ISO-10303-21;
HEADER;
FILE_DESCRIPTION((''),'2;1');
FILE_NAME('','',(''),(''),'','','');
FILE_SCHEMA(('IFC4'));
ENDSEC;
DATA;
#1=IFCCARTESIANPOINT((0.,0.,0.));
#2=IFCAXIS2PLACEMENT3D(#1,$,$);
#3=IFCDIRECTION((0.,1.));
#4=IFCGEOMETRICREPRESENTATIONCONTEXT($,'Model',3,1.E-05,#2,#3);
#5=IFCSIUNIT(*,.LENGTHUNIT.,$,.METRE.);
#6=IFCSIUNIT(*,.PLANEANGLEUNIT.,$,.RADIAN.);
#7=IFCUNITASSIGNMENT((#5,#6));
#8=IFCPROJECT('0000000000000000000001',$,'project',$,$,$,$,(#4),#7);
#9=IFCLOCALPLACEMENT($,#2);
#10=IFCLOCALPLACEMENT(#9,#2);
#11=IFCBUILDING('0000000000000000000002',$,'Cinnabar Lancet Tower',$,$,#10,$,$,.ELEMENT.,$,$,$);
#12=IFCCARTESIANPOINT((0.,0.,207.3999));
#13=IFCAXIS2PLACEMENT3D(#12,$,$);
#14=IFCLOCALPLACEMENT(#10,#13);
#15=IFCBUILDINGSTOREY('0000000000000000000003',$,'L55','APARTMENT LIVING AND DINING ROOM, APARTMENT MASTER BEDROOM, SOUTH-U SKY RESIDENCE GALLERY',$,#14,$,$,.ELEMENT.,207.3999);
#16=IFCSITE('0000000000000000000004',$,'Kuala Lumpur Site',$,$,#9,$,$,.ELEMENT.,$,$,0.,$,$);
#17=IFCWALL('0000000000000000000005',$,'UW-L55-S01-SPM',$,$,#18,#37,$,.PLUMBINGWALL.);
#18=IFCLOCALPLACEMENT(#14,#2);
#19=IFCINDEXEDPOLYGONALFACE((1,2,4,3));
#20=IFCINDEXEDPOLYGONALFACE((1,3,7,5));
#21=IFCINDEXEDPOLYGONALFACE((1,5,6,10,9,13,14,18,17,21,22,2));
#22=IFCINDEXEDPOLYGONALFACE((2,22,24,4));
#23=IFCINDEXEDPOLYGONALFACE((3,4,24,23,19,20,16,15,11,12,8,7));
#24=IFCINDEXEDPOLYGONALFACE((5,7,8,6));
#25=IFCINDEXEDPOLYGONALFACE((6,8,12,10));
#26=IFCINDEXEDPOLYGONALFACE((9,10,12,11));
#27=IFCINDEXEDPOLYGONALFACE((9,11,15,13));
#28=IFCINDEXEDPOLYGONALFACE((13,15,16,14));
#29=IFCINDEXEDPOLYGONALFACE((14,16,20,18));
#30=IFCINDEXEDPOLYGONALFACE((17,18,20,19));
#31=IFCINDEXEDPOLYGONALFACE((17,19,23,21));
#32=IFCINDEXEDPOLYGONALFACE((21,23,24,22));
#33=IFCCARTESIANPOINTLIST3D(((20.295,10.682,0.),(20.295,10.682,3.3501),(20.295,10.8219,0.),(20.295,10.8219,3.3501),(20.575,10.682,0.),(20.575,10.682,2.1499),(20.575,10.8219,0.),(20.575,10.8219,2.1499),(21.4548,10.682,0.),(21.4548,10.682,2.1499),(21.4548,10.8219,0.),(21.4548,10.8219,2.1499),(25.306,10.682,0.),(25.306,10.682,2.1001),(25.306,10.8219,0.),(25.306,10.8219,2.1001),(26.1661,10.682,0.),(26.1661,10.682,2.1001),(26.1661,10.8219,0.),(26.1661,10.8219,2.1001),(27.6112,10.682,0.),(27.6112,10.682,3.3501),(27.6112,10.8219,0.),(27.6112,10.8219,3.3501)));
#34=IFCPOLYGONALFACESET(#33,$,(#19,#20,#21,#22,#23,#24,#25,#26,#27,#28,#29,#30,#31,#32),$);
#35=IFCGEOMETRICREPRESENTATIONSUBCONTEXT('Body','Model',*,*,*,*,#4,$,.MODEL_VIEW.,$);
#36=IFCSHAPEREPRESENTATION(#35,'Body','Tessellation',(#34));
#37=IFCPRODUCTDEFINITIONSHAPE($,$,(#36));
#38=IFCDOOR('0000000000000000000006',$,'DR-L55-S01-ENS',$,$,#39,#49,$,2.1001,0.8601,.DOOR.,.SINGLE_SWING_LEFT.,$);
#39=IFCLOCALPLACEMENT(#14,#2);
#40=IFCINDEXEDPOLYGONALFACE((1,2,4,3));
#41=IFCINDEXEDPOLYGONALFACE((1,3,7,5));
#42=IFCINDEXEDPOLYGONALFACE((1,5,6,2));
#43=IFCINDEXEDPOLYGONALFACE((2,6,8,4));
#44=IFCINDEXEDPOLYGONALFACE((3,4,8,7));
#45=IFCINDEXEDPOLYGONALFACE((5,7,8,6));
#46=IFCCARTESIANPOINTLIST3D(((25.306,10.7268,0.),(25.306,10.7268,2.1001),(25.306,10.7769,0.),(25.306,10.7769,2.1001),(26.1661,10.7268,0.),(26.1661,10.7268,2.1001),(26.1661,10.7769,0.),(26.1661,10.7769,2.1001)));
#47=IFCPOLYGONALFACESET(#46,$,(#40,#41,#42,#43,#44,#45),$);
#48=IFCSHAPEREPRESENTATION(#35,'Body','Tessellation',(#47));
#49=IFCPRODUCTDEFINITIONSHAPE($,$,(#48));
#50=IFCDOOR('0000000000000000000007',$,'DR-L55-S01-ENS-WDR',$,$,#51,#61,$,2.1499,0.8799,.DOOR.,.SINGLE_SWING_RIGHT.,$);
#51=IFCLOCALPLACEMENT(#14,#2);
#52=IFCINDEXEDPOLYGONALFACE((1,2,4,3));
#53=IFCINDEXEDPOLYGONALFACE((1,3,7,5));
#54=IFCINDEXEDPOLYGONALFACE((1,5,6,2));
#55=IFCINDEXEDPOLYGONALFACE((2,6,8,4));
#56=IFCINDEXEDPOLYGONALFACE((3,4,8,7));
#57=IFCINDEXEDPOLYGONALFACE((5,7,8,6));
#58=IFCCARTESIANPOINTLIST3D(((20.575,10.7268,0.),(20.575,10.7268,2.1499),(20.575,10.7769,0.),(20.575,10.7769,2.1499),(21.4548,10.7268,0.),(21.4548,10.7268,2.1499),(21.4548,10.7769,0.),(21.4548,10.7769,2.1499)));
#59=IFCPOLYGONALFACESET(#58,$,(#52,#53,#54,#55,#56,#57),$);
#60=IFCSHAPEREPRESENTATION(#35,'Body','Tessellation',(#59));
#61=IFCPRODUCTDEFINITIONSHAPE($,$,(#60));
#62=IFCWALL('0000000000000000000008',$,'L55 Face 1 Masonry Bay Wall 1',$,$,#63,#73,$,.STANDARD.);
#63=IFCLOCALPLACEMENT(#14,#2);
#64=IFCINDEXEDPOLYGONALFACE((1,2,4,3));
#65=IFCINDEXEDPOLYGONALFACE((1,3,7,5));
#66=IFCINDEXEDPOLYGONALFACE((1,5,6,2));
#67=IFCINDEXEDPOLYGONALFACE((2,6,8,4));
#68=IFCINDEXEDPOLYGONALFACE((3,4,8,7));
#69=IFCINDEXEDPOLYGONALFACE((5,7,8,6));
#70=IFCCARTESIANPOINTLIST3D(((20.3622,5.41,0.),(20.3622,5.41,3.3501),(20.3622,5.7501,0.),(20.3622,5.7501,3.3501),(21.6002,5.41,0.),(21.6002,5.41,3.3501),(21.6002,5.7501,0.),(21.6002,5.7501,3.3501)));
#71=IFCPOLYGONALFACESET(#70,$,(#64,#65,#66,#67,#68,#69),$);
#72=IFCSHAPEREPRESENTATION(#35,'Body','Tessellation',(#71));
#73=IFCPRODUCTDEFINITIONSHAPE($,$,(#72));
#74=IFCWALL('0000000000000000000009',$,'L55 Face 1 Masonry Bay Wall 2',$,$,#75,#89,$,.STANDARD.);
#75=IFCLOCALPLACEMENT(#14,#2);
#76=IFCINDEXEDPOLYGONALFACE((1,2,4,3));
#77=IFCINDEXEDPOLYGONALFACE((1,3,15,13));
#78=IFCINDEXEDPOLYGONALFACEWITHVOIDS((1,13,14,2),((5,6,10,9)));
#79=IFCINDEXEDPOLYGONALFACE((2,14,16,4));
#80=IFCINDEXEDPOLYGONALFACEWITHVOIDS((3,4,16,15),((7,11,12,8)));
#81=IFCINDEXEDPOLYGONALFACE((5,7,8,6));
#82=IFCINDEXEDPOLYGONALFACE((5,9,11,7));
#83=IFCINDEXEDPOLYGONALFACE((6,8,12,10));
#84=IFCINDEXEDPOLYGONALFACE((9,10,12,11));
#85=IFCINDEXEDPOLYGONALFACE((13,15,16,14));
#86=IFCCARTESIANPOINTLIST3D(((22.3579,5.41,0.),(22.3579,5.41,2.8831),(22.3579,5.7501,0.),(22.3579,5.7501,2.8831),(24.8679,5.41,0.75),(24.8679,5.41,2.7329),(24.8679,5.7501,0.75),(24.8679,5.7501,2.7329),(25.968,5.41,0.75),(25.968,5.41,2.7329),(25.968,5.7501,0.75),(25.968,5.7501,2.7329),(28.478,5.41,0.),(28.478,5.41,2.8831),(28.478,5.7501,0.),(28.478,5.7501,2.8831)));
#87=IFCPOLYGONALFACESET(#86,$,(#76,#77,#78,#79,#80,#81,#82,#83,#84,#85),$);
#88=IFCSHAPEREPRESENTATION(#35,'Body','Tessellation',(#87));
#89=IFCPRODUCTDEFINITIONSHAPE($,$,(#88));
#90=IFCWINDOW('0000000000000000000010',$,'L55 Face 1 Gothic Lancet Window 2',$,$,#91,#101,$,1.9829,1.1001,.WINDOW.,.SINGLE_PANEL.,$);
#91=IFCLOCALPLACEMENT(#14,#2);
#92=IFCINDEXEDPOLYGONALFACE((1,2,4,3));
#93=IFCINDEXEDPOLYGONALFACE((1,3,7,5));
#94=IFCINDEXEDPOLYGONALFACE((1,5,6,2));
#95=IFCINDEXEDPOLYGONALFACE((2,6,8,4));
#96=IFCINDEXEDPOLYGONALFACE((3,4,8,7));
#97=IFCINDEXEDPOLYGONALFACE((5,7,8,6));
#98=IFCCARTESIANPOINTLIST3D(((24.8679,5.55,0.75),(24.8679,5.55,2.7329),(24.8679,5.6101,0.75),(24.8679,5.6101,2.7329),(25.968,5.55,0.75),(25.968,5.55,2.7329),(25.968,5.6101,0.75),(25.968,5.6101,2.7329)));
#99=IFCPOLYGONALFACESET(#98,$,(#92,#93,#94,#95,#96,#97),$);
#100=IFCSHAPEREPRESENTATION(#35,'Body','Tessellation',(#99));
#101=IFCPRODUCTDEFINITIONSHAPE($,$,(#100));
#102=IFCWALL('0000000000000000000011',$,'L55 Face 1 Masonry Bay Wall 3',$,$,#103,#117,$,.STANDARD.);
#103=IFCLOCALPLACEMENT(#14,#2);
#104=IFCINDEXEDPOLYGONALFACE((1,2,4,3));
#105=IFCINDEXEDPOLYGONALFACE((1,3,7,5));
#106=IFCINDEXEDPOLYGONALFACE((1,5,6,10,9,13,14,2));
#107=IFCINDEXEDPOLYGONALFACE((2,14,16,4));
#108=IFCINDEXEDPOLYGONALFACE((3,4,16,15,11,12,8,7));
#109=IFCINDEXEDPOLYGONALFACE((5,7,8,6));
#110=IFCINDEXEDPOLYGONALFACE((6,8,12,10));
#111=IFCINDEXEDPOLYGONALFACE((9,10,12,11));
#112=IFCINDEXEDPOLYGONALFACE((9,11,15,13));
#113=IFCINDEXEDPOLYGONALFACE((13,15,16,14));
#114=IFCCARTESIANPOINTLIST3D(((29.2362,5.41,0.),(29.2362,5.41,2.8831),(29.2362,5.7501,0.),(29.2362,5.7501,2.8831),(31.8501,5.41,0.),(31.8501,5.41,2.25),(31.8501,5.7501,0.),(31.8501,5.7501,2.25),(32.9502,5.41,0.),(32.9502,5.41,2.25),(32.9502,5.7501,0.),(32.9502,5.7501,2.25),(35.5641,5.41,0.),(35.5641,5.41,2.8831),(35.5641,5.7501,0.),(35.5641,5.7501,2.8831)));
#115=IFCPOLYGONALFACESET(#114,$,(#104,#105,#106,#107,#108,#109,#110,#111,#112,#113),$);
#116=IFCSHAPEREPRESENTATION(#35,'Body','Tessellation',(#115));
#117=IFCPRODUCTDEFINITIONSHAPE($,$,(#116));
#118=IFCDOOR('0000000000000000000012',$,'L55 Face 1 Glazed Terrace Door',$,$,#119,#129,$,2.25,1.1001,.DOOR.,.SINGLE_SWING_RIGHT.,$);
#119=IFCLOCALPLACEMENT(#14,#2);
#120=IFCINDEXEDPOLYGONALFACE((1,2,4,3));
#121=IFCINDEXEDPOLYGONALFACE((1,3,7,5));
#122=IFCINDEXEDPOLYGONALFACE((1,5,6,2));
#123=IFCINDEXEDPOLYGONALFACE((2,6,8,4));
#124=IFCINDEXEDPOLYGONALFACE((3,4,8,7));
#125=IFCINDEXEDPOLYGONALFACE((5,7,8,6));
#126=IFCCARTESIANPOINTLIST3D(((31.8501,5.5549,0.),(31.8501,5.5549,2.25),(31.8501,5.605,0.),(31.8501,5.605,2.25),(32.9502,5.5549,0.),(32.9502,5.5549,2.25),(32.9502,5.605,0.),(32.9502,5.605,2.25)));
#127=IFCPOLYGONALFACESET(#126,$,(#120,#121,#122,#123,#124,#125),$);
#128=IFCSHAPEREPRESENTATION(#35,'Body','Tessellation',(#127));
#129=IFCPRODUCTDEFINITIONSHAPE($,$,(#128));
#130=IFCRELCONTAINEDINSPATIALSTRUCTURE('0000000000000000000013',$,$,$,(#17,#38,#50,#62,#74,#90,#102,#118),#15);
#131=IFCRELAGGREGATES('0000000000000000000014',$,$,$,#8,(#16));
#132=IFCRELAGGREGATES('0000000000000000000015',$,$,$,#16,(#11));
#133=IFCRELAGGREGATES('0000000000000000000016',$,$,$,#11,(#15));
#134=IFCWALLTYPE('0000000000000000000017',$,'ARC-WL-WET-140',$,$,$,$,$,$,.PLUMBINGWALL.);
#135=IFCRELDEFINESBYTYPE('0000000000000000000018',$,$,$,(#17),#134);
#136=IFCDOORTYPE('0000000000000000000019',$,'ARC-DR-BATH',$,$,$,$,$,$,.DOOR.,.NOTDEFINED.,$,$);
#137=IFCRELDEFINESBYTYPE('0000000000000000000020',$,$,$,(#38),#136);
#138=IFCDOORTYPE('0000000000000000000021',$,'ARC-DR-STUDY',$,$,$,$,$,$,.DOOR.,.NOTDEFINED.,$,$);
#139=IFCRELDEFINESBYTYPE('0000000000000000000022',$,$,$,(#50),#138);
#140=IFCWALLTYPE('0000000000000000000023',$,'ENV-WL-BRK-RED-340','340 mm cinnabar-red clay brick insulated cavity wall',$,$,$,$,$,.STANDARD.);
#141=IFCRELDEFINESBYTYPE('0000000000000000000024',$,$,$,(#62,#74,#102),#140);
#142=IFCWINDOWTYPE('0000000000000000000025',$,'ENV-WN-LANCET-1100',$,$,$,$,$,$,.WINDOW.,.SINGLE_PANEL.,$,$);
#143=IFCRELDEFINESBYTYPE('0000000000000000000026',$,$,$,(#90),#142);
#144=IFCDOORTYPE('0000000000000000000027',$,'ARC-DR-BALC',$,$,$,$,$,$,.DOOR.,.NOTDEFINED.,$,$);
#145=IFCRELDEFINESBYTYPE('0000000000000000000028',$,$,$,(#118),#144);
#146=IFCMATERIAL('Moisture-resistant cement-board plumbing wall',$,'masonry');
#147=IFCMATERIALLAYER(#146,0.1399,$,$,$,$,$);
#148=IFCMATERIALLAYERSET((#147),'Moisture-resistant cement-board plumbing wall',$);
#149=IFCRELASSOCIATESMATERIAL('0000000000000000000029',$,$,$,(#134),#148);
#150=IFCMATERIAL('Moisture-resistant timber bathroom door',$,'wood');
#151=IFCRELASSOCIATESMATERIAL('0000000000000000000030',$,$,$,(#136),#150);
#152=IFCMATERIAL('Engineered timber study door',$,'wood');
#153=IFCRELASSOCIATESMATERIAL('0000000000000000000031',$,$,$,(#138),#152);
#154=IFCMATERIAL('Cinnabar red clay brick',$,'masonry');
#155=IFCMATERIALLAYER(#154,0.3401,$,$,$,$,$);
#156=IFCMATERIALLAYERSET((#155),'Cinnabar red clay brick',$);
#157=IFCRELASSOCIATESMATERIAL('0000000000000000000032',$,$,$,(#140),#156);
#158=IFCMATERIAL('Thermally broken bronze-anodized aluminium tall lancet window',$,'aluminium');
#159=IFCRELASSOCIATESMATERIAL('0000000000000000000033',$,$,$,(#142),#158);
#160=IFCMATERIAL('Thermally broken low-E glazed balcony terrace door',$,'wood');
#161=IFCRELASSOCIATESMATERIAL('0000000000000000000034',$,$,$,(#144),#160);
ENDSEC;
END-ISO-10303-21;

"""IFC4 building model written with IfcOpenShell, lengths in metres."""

from ifc_helpers import new_model, si_unit, direction, frame, frame_2d, origin, place, context, subcontext, project, spatial, rectangle, extrude, material, layer, layer_set, type_object, element, fill, save


model = new_model("IFC4")

# Units and contexts
model_context = context("Model", 3, precision=1e-05, world=origin(), true_north=direction((0.0, 1.0)))
body_context = subcontext(model_context, "Body", "Model", "MODEL_VIEW")
ifc_project = project(units=[si_unit("LENGTHUNIT", "METRE"), si_unit("PLANEANGLEUNIT", "RADIAN")], contexts=[model_context])

# Site, building, storey
site_placement = place(None, origin())
site = spatial("IfcSite", under=ifc_project, at=site_placement, Name="Kuala Lumpur Site", CompositionType="ELEMENT", RefElevation=0.0)
building_placement = place(site_placement, origin())
building = spatial("IfcBuilding", under=site, at=building_placement, Name="Cinnabar Lancet Tower", CompositionType="ELEMENT")
storey_placement = place(building_placement, frame((0.0, 0.0, 207.3999)))
storey = spatial("IfcBuildingStorey", under=building, at=storey_placement, Name="L55", Description="APARTMENT LIVING AND DINING ROOM, APARTMENT MASTER BEDROOM, SOUTH-U SKY RESIDENCE GALLERY", CompositionType="ELEMENT", Elevation=207.3999)

# Wall, openings, doors
ifc_material_1 = material(Name="Moisture-resistant cement-board plumbing wall", Category="masonry")
ifc_layer_1 = layer(ifc_material_1, 0.1399)
ifc_layer_set_1 = layer_set([ifc_layer_1], Name="Moisture-resistant cement-board plumbing wall")
wall_type_1 = type_object("IfcWallType", Name="ARC-WL-WET-140", PredefinedType="PLUMBINGWALL", material=ifc_layer_set_1)
ifc_material_2 = material(Name="Moisture-resistant timber bathroom door", Category="wood")
door_type_1 = type_object("IfcDoorType", Name="ARC-DR-BATH", OperationType="NOTDEFINED", PredefinedType="DOOR", material=ifc_material_2)
ifc_material_3 = material(Name="Engineered timber study door", Category="wood")
door_type_2 = type_object("IfcDoorType", Name="ARC-DR-STUDY", OperationType="NOTDEFINED", PredefinedType="DOOR", material=ifc_material_3)
wall_1_placement = place(storey_placement, frame((20.2949, 10.752, 0.0), z_axis=(0.0, 0.0, 1.0), x_axis=(1.0, 0.0, 0.0)))
wall_1 = element("IfcWall", 1, at=wall_1_placement, inside=storey, type_object=wall_type_1, Name="UW-L55-S01-SPM", PredefinedType="PLUMBINGWALL", context=body_context, shape_type="SweptSolid", body=[
    extrude(rectangle(XDim=7.3162, YDim=0.1399, at=frame_2d((3.6582, 0.0))), origin(), (0.0, 0.0, 1.0), 3.3501),
])
opening_1_placement = place(wall_1_placement, frame((0.28, 0.0, 0.0)))
opening_1 = element("IfcOpeningElement", 2, at=opening_1_placement, cuts=wall_1, PredefinedType="OPENING", context=body_context, shape_type="SweptSolid", body=[
    extrude(rectangle(XDim=0.8799, YDim=2.1499, at=frame_2d((0.4399, 1.075))), frame((0.0, 0.0798, 0.0), z_axis=(0.0, -1.0, 0.0), x_axis=(1.0, 0.0, 0.0)), (0.0, 0.0, 1.0), 0.1599),
])
opening_2_placement = place(wall_1_placement, frame((5.011, 0.0, 0.0)))
opening_2 = element("IfcOpeningElement", 3, at=opening_2_placement, cuts=wall_1, PredefinedType="OPENING", context=body_context, shape_type="SweptSolid", body=[
    extrude(rectangle(XDim=0.8601, YDim=2.1001, at=frame_2d((0.4302, 1.05))), frame((0.0, 0.0798, 0.0), z_axis=(0.0, -1.0, 0.0), x_axis=(1.0, 0.0, 0.0)), (0.0, 0.0, 1.0), 0.1599),
])
door_1_placement = place(opening_2_placement, origin())
door_1 = element("IfcDoor", 4, at=door_1_placement, inside=storey, type_object=door_type_1, Name="DR-L55-S01-ENS", OperationType="SINGLE_SWING_LEFT", OverallHeight=2.1001, OverallWidth=0.8601, PredefinedType="DOOR", context=body_context, shape_type="SweptSolid", body=[
    extrude(rectangle(XDim=0.8601, YDim=2.1001, at=frame_2d((0.4302, 1.05))), frame((0.0, 0.0249, 0.0), z_axis=(0.0, -1.0, 0.0), x_axis=(1.0, 0.0, 0.0)), (0.0, 0.0, 1.0), 0.05),
])
fill(opening_2, door_1)
door_2_placement = place(opening_1_placement, origin())
door_2 = element("IfcDoor", 5, at=door_2_placement, inside=storey, type_object=door_type_2, Name="DR-L55-S01-ENS-WDR", OperationType="SINGLE_SWING_RIGHT", OverallHeight=2.1499, OverallWidth=0.8799, PredefinedType="DOOR", context=body_context, shape_type="SweptSolid", body=[
    extrude(rectangle(XDim=0.8799, YDim=2.1499, at=frame_2d((0.4399, 1.075))), frame((0.0, 0.0249, 0.0), z_axis=(0.0, -1.0, 0.0), x_axis=(1.0, 0.0, 0.0)), (0.0, 0.0, 1.0), 0.05),
])
fill(opening_1, door_2)

# Wall
ifc_material_4 = material(Name="Cinnabar red clay brick", Category="masonry")
ifc_layer_2 = layer(ifc_material_4, 0.3401)
ifc_layer_set_2 = layer_set([ifc_layer_2], Name="Cinnabar red clay brick")
wall_type_2 = type_object("IfcWallType", Name="ENV-WL-BRK-RED-340", Description="340 mm cinnabar-red clay brick insulated cavity wall", PredefinedType="STANDARD", material=ifc_layer_set_2)
wall_2_placement = place(storey_placement, frame((20.3621, 5.5801, 0.0), z_axis=(0.0, 0.0, 1.0), x_axis=(1.0, 0.0, 0.0)))
element("IfcWall", 6, at=wall_2_placement, inside=storey, type_object=wall_type_2, Name="L55 Face 1 Masonry Bay Wall 1", PredefinedType="STANDARD", context=body_context, shape_type="SweptSolid", body=[
    extrude(rectangle(XDim=1.238, YDim=0.3401, at=frame_2d((0.6191, 0.0))), origin(), (0.0, 0.0, 1.0), 3.3501),
])

# Wall, opening, window
wall_3_placement = place(storey_placement, frame((22.3579, 5.5801, 0.0), z_axis=(0.0, 0.0, 1.0), x_axis=(1.0, 0.0, 0.0)))
wall_3 = element("IfcWall", 7, at=wall_3_placement, inside=storey, type_object=wall_type_2, Name="L55 Face 1 Masonry Bay Wall 2", PredefinedType="STANDARD", context=body_context, shape_type="SweptSolid", body=[
    extrude(rectangle(XDim=6.1201, YDim=0.3401, at=frame_2d((3.0601, 0.0))), origin(), (0.0, 0.0, 1.0), 2.8831),
])
opening_3_placement = place(wall_3_placement, frame((2.51, 0.0, 0.75)))
opening_3 = element("IfcOpeningElement", 8, at=opening_3_placement, cuts=wall_3, PredefinedType="OPENING", context=body_context, shape_type="SweptSolid", body=[
    extrude(rectangle(XDim=1.1001, YDim=1.9829, at=frame_2d((0.55, 0.9915))), frame((0.0, 0.1799, 0.0), z_axis=(0.0, -1.0, 0.0), x_axis=(1.0, 0.0, 0.0)), (0.0, 0.0, 1.0), 0.3601),
])
ifc_material_5 = material(Name="Thermally broken bronze-anodized aluminium tall lancet window", Category="aluminium")
window_type = type_object("IfcWindowType", Name="ENV-WN-LANCET-1100", PartitioningType="SINGLE_PANEL", PredefinedType="WINDOW", material=ifc_material_5)
window_placement = place(opening_3_placement, origin())
window = element("IfcWindow", 9, at=window_placement, inside=storey, type_object=window_type, Name="L55 Face 1 Gothic Lancet Window 2", OverallHeight=1.9829, OverallWidth=1.1001, PartitioningType="SINGLE_PANEL", PredefinedType="WINDOW", context=body_context, shape_type="SweptSolid", body=[
    extrude(rectangle(XDim=1.1001, YDim=1.9829, at=frame_2d((0.55, 0.9915))), frame((0.0, 0.03, 0.0), z_axis=(0.0, -1.0, 0.0), x_axis=(1.0, 0.0, 0.0)), (0.0, 0.0, 1.0), 0.0601),
])
fill(opening_3, window)

# Wall, opening, door
wall_4_placement = place(storey_placement, frame((29.2361, 5.5801, 0.0), z_axis=(0.0, 0.0, 1.0), x_axis=(1.0, 0.0, 0.0)))
wall_4 = element("IfcWall", 10, at=wall_4_placement, inside=storey, type_object=wall_type_2, Name="L55 Face 1 Masonry Bay Wall 3", PredefinedType="STANDARD", context=body_context, shape_type="SweptSolid", body=[
    extrude(rectangle(XDim=6.3279, YDim=0.3401, at=frame_2d((3.1641, 0.0))), origin(), (0.0, 0.0, 1.0), 2.8831),
])
opening_4_placement = place(wall_4_placement, frame((2.614, 0.0, 0.0)))
opening_4 = element("IfcOpeningElement", 11, at=opening_4_placement, cuts=wall_4, PredefinedType="OPENING", context=body_context, shape_type="SweptSolid", body=[
    extrude(rectangle(XDim=1.1001, YDim=2.25, at=frame_2d((0.55, 1.125))), frame((0.0, 0.1799, 0.0), z_axis=(0.0, -1.0, 0.0), x_axis=(1.0, 0.0, 0.0)), (0.0, 0.0, 1.0), 0.3601),
])
ifc_material_6 = material(Name="Thermally broken low-E glazed balcony terrace door", Category="wood")
door_type_3 = type_object("IfcDoorType", Name="ARC-DR-BALC", OperationType="NOTDEFINED", PredefinedType="DOOR", material=ifc_material_6)
door_3_placement = place(opening_4_placement, origin())
door_3 = element("IfcDoor", 12, at=door_3_placement, inside=storey, type_object=door_type_3, Name="L55 Face 1 Glazed Terrace Door", OperationType="SINGLE_SWING_RIGHT", OverallHeight=2.25, OverallWidth=1.1001, PredefinedType="DOOR", context=body_context, shape_type="SweptSolid", body=[
    extrude(rectangle(XDim=1.1001, YDim=2.25, at=frame_2d((0.55, 1.125))), frame((0.0, 0.0249, 0.0), z_axis=(0.0, -1.0, 0.0), x_axis=(1.0, 0.0, 0.0)), (0.0, 0.0, 1.0), 0.05),
])
fill(opening_4, door_3)

save(model, "model.ifc")
